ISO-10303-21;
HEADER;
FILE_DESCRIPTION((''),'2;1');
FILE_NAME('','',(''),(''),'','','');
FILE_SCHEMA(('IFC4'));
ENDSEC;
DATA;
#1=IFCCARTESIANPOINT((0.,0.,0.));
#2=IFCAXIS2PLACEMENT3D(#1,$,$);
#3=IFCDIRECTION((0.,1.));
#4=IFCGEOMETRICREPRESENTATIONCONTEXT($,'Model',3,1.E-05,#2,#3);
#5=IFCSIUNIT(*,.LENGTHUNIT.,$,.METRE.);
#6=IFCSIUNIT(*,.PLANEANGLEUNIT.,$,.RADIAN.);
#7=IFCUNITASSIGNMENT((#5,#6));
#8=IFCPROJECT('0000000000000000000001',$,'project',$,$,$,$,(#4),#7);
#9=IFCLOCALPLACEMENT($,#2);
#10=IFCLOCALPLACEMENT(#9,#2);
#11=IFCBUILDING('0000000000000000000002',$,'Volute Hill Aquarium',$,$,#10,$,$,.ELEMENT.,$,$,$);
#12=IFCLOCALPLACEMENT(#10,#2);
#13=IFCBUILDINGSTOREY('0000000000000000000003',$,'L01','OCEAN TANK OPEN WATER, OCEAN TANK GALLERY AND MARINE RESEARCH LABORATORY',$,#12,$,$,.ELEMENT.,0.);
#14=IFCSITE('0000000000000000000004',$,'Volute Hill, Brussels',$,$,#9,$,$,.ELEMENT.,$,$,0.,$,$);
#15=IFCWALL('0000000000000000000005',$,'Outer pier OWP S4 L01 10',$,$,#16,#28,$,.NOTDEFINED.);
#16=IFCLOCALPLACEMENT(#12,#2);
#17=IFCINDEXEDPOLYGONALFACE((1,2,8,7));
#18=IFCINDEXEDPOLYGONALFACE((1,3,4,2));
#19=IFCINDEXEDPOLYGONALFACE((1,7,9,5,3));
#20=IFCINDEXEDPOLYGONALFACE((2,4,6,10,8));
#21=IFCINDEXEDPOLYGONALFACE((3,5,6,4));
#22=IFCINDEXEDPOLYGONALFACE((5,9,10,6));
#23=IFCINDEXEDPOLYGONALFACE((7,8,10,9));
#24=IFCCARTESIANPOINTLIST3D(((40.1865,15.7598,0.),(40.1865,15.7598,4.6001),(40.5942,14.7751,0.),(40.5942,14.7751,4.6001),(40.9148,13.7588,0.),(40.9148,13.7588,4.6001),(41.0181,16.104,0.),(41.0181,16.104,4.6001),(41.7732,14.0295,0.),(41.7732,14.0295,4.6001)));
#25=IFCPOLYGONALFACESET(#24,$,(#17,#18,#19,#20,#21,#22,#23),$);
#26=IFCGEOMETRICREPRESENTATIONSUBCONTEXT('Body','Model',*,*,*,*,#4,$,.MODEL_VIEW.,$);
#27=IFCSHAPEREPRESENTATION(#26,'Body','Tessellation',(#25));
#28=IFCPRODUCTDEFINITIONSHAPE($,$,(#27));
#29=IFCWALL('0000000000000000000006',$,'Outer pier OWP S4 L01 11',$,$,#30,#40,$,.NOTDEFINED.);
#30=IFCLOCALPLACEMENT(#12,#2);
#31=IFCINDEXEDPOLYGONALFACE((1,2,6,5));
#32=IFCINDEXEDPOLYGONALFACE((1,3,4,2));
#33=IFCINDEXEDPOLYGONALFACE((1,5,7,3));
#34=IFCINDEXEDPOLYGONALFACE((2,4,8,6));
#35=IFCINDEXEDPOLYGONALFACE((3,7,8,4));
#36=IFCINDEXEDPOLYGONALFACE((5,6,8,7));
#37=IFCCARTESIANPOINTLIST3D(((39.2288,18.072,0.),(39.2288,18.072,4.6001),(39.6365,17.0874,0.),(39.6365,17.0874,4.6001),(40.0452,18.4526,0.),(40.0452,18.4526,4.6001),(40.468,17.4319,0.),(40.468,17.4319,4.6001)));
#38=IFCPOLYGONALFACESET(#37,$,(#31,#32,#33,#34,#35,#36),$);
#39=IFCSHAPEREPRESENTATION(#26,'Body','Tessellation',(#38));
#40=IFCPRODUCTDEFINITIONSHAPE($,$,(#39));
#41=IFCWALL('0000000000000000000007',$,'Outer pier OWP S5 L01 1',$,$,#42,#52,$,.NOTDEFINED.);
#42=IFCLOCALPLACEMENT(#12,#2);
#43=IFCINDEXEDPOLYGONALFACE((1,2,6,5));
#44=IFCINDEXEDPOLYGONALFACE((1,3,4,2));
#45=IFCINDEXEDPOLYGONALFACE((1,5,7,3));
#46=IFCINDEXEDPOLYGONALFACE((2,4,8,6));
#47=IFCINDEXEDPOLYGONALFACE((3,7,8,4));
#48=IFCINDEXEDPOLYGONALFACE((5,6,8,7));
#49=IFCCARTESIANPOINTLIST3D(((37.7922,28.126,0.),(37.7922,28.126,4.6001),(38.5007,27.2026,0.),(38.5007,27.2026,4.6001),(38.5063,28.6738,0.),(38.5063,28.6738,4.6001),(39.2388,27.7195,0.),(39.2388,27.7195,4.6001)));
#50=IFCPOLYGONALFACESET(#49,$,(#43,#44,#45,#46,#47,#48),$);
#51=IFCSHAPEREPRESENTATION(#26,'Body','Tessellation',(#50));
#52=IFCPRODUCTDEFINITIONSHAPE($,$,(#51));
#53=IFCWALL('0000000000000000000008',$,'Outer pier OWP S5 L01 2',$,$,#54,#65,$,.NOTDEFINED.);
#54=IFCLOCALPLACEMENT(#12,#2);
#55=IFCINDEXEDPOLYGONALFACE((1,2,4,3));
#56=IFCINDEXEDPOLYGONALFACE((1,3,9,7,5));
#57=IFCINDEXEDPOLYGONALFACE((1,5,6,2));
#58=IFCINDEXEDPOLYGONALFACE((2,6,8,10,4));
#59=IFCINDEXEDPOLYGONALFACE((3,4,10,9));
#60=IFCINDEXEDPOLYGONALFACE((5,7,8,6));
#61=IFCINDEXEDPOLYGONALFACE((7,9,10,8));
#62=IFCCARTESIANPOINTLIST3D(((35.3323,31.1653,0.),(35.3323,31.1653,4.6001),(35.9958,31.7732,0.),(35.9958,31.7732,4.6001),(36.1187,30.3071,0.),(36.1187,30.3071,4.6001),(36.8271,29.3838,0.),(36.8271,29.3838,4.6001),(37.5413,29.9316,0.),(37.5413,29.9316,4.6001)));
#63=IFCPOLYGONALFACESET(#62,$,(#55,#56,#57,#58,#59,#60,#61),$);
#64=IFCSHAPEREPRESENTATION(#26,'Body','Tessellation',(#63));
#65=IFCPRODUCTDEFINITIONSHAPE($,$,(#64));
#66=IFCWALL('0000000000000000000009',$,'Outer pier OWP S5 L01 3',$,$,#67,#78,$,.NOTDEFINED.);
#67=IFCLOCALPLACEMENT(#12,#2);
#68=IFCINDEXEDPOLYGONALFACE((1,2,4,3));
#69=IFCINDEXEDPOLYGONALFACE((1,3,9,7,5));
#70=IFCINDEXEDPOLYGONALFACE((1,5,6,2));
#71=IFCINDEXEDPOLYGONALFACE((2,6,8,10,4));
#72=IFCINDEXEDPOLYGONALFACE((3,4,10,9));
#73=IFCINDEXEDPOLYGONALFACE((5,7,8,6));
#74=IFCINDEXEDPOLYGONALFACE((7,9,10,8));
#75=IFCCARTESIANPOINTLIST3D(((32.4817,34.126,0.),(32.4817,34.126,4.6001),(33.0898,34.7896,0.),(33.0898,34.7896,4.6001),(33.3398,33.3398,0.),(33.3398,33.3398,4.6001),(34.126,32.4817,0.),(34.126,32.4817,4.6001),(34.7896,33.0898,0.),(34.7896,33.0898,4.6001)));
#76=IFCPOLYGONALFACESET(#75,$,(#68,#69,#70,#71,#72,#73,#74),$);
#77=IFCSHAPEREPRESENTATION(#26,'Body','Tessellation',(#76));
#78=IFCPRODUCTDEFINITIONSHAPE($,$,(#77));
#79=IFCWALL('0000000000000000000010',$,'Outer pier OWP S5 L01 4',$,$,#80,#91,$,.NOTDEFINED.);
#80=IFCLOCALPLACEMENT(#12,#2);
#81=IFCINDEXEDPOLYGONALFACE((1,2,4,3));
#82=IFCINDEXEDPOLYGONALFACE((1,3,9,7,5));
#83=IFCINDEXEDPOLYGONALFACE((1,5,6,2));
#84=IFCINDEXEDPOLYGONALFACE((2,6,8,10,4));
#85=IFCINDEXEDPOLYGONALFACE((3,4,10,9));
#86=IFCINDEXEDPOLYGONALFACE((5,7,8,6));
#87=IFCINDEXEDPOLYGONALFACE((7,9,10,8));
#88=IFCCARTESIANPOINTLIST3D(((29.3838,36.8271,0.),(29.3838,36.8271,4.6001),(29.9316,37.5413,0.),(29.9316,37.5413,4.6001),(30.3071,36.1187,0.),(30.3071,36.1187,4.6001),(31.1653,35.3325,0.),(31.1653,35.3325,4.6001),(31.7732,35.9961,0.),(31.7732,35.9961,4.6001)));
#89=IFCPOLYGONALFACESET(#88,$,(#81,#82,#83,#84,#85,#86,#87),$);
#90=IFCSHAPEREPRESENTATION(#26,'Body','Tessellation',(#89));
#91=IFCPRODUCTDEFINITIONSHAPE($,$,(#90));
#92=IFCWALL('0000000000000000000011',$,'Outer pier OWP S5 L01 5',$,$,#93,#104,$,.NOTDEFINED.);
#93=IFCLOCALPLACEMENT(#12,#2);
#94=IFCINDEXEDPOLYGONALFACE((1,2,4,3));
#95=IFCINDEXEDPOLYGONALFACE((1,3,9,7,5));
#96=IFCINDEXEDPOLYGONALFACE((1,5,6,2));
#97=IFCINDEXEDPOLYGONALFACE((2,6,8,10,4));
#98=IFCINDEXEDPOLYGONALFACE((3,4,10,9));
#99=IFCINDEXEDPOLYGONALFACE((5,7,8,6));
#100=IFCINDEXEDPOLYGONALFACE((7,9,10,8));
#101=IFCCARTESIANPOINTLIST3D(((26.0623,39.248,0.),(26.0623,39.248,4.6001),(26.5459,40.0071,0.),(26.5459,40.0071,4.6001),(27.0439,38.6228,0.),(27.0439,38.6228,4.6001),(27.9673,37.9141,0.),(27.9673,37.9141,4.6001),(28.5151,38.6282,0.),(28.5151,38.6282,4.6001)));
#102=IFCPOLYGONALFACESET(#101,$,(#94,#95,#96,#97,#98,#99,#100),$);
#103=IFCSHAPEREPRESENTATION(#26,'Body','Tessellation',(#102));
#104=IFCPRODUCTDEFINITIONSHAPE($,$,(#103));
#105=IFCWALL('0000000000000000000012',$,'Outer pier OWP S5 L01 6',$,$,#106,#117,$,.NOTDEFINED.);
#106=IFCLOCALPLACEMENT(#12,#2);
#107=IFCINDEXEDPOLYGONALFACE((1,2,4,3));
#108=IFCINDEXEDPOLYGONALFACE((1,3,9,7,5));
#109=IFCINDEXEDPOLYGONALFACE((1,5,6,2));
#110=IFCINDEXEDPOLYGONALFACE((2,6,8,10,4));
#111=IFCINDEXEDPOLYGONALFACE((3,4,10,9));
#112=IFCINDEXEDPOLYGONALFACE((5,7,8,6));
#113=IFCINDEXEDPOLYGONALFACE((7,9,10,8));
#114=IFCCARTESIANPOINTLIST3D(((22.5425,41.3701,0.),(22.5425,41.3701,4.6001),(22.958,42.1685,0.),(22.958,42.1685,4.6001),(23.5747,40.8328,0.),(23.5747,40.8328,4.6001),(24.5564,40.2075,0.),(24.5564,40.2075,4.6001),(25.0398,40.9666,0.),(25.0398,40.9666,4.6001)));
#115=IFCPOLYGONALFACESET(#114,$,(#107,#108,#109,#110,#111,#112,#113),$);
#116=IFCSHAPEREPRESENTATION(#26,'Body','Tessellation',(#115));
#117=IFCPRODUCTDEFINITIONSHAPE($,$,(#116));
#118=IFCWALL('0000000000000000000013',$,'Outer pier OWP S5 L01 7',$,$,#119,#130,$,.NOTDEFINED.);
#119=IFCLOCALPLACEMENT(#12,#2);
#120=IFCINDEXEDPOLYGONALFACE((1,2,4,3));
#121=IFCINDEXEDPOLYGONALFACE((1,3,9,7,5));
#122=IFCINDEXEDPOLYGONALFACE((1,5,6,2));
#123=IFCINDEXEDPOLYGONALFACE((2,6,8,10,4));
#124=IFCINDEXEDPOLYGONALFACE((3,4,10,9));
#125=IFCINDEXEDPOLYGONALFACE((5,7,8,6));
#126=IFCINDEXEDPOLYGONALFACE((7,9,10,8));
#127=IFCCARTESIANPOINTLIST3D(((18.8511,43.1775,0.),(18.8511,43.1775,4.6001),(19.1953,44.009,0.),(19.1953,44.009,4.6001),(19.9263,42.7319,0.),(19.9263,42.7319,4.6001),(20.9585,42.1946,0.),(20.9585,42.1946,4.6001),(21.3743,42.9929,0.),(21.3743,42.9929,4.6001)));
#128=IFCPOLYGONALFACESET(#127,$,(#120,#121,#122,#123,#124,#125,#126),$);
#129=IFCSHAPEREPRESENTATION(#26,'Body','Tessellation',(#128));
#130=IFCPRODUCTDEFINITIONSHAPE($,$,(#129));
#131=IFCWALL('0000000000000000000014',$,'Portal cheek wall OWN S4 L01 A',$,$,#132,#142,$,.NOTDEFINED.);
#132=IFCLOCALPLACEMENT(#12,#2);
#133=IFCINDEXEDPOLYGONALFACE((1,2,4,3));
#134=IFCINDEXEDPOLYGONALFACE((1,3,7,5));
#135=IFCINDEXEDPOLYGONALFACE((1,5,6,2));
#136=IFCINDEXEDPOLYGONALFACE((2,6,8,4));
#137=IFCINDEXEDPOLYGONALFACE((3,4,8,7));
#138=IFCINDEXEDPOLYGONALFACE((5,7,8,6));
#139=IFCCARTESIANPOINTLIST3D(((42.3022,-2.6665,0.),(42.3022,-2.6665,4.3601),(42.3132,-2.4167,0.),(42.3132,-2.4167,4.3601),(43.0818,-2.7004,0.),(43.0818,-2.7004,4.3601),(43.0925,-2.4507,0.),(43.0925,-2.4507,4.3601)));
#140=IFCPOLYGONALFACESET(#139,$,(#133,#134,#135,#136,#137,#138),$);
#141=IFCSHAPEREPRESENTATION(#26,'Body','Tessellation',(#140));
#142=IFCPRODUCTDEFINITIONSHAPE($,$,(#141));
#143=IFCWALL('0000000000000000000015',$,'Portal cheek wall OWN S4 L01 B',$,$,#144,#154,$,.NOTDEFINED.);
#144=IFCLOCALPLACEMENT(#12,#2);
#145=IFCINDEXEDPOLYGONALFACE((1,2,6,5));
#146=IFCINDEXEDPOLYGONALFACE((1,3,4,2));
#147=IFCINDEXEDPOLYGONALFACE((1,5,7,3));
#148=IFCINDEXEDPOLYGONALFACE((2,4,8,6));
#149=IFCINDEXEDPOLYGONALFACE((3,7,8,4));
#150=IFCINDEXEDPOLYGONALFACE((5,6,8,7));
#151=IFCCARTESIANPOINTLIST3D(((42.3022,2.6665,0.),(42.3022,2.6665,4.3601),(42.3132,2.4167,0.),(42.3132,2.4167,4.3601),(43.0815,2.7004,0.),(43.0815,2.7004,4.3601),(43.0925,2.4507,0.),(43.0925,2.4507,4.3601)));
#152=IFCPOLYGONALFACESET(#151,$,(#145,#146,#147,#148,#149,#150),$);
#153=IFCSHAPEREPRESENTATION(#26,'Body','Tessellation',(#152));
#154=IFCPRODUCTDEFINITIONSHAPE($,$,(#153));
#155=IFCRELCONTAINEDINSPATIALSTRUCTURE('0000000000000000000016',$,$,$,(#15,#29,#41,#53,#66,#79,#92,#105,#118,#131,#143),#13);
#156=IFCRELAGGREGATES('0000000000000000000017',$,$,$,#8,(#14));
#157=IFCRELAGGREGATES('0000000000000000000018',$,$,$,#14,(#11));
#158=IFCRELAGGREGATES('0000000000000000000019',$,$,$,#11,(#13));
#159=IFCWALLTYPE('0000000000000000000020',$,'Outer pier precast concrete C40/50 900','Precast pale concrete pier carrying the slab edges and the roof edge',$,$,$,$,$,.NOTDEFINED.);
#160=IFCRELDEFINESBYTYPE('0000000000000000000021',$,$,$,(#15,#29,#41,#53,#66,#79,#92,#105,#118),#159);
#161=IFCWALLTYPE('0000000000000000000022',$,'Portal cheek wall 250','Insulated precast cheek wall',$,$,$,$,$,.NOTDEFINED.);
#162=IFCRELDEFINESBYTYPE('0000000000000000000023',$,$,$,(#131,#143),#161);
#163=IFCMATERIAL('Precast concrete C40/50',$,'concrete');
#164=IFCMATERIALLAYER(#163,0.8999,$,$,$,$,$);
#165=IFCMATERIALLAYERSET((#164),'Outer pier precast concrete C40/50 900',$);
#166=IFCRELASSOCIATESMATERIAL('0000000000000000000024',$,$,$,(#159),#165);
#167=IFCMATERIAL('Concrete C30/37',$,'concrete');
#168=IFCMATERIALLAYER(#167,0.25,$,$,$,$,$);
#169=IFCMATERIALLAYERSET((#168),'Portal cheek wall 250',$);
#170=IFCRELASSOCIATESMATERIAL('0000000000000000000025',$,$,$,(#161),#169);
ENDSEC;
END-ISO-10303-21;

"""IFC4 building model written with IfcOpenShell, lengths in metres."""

from ifc_helpers import new_model, si_unit, direction, origin, place, context, subcontext, project, spatial, polyline, outline, extrude, material, layer, layer_set, type_object, element, save


model = new_model("IFC4")

# Units and contexts
model_context = context("Model", 3, precision=1e-05, world=origin(), true_north=direction((0.0, 1.0)))
body_context = subcontext(model_context, "Body", "Model", "MODEL_VIEW")
ifc_project = project(units=[si_unit("LENGTHUNIT", "METRE"), si_unit("PLANEANGLEUNIT", "RADIAN")], contexts=[model_context])

# Site, building, storey
site_placement = place(None, origin())
site = spatial("IfcSite", under=ifc_project, at=site_placement, Name="Volute Hill, Brussels", CompositionType="ELEMENT", RefElevation=0.0)
building_placement = place(site_placement, origin())
building = spatial("IfcBuilding", under=site, at=building_placement, Name="Volute Hill Aquarium", CompositionType="ELEMENT")
storey_placement = place(building_placement, origin())
storey = spatial("IfcBuildingStorey", under=building, at=storey_placement, Name="L01", Description="OCEAN TANK OPEN WATER, OCEAN TANK GALLERY AND MARINE RESEARCH LABORATORY", CompositionType="ELEMENT", Elevation=0.0)

# Walls
ifc_material_1 = material(Name="Precast concrete C40/50", Category="concrete")
ifc_layer_1 = layer(ifc_material_1, 0.8999)
ifc_layer_set_1 = layer_set([ifc_layer_1], Name="Outer pier precast concrete C40/50 900")
wall_type_1 = type_object("IfcWallType", Name="Outer pier precast concrete C40/50 900", Description="Precast pale concrete pier carrying the slab edges and the roof edge", PredefinedType="NOTDEFINED", material=ifc_layer_set_1)
wall_1_placement = place(storey_placement, origin())
element("IfcWall", 1, at=wall_1_placement, inside=storey, type_object=wall_type_1, Name="Outer pier OWP S4 L01 10", PredefinedType="NOTDEFINED", context=body_context, shape_type="SweptSolid", body=[
    extrude(outline(polyline([(40.9148, 13.7588), (41.7732, 14.0295), (41.0181, 16.104), (40.1865, 15.7598), (40.5942, 14.7751), (40.9148, 13.7588)])), origin(), (0.0, 0.0, 1.0), 4.6001),
])
wall_2_placement = place(storey_placement, origin())
element("IfcWall", 2, at=wall_2_placement, inside=storey, type_object=wall_type_1, Name="Outer pier OWP S4 L01 11", PredefinedType="NOTDEFINED", context=body_context, shape_type="SweptSolid", body=[
    extrude(outline(polyline([(39.6365, 17.0874), (40.468, 17.4319), (40.0452, 18.4526), (39.2288, 18.072), (39.6365, 17.0874)])), origin(), (0.0, 0.0, 1.0), 4.6001),
])
wall_3_placement = place(storey_placement, origin())
element("IfcWall", 3, at=wall_3_placement, inside=storey, type_object=wall_type_1, Name="Outer pier OWP S5 L01 1", PredefinedType="NOTDEFINED", context=body_context, shape_type="SweptSolid", body=[
    extrude(outline(polyline([(38.5007, 27.2026), (39.2388, 27.7195), (38.5063, 28.6738), (37.7922, 28.126), (38.5007, 27.2026)])), origin(), (0.0, 0.0, 1.0), 4.6001),
])
wall_4_placement = place(storey_placement, origin())
element("IfcWall", 4, at=wall_4_placement, inside=storey, type_object=wall_type_1, Name="Outer pier OWP S5 L01 2", PredefinedType="NOTDEFINED", context=body_context, shape_type="SweptSolid", body=[
    extrude(outline(polyline([(36.8271, 29.3838), (37.5413, 29.9316), (35.9958, 31.7732), (35.3323, 31.1653), (36.1187, 30.3071), (36.8271, 29.3838)])), origin(), (0.0, 0.0, 1.0), 4.6001),
])
wall_5_placement = place(storey_placement, origin())
element("IfcWall", 5, at=wall_5_placement, inside=storey, type_object=wall_type_1, Name="Outer pier OWP S5 L01 3", PredefinedType="NOTDEFINED", context=body_context, shape_type="SweptSolid", body=[
    extrude(outline(polyline([(34.126, 32.4817), (34.7896, 33.0898), (33.0898, 34.7896), (32.4817, 34.126), (33.3398, 33.3398), (34.126, 32.4817)])), origin(), (0.0, 0.0, 1.0), 4.6001),
])
wall_6_placement = place(storey_placement, origin())
element("IfcWall", 6, at=wall_6_placement, inside=storey, type_object=wall_type_1, Name="Outer pier OWP S5 L01 4", PredefinedType="NOTDEFINED", context=body_context, shape_type="SweptSolid", body=[
    extrude(outline(polyline([(31.1653, 35.3325), (31.7732, 35.9961), (29.9316, 37.5413), (29.3838, 36.8271), (30.3071, 36.1187), (31.1653, 35.3325)])), origin(), (0.0, 0.0, 1.0), 4.6001),
])
wall_7_placement = place(storey_placement, origin())
element("IfcWall", 7, at=wall_7_placement, inside=storey, type_object=wall_type_1, Name="Outer pier OWP S5 L01 5", PredefinedType="NOTDEFINED", context=body_context, shape_type="SweptSolid", body=[
    extrude(outline(polyline([(27.9673, 37.9141), (28.5151, 38.6282), (26.5459, 40.0071), (26.0623, 39.248), (27.0439, 38.6228), (27.9673, 37.9141)])), origin(), (0.0, 0.0, 1.0), 4.6001),
])
wall_8_placement = place(storey_placement, origin())
element("IfcWall", 8, at=wall_8_placement, inside=storey, type_object=wall_type_1, Name="Outer pier OWP S5 L01 6", PredefinedType="NOTDEFINED", context=body_context, shape_type="SweptSolid", body=[
    extrude(outline(polyline([(24.5564, 40.2075), (25.0398, 40.9666), (22.958, 42.1685), (22.5425, 41.3701), (23.5747, 40.8328), (24.5564, 40.2075)])), origin(), (0.0, 0.0, 1.0), 4.6001),
])
wall_9_placement = place(storey_placement, origin())
element("IfcWall", 9, at=wall_9_placement, inside=storey, type_object=wall_type_1, Name="Outer pier OWP S5 L01 7", PredefinedType="NOTDEFINED", context=body_context, shape_type="SweptSolid", body=[
    extrude(outline(polyline([(20.9585, 42.1946), (21.3743, 42.9929), (19.1953, 44.009), (18.8511, 43.1775), (19.9263, 42.7319), (20.9585, 42.1946)])), origin(), (0.0, 0.0, 1.0), 4.6001),
])
ifc_material_2 = material(Name="Concrete C30/37", Category="concrete")
ifc_layer_2 = layer(ifc_material_2, 0.25)
ifc_layer_set_2 = layer_set([ifc_layer_2], Name="Portal cheek wall 250")
wall_type_2 = type_object("IfcWallType", Name="Portal cheek wall 250", Description="Insulated precast cheek wall", PredefinedType="NOTDEFINED", material=ifc_layer_set_2)
wall_10_placement = place(storey_placement, origin())
element("IfcWall", 10, at=wall_10_placement, inside=storey, type_object=wall_type_2, Name="Portal cheek wall OWN S4 L01 A", PredefinedType="NOTDEFINED", context=body_context, shape_type="SweptSolid", body=[
    extrude(outline(polyline([(43.0818, -2.7004), (43.0925, -2.4507), (42.3132, -2.4167), (42.3022, -2.6665), (43.0818, -2.7004)])), origin(), (0.0, 0.0, 1.0), 4.3601),
])
wall_11_placement = place(storey_placement, origin())
element("IfcWall", 11, at=wall_11_placement, inside=storey, type_object=wall_type_2, Name="Portal cheek wall OWN S4 L01 B", PredefinedType="NOTDEFINED", context=body_context, shape_type="SweptSolid", body=[
    extrude(outline(polyline([(43.0815, 2.7004), (42.3022, 2.6665), (42.3132, 2.4167), (43.0925, 2.4507), (43.0815, 2.7004)])), origin(), (0.0, 0.0, 1.0), 4.3601),
])

save(model, "model.ifc")
